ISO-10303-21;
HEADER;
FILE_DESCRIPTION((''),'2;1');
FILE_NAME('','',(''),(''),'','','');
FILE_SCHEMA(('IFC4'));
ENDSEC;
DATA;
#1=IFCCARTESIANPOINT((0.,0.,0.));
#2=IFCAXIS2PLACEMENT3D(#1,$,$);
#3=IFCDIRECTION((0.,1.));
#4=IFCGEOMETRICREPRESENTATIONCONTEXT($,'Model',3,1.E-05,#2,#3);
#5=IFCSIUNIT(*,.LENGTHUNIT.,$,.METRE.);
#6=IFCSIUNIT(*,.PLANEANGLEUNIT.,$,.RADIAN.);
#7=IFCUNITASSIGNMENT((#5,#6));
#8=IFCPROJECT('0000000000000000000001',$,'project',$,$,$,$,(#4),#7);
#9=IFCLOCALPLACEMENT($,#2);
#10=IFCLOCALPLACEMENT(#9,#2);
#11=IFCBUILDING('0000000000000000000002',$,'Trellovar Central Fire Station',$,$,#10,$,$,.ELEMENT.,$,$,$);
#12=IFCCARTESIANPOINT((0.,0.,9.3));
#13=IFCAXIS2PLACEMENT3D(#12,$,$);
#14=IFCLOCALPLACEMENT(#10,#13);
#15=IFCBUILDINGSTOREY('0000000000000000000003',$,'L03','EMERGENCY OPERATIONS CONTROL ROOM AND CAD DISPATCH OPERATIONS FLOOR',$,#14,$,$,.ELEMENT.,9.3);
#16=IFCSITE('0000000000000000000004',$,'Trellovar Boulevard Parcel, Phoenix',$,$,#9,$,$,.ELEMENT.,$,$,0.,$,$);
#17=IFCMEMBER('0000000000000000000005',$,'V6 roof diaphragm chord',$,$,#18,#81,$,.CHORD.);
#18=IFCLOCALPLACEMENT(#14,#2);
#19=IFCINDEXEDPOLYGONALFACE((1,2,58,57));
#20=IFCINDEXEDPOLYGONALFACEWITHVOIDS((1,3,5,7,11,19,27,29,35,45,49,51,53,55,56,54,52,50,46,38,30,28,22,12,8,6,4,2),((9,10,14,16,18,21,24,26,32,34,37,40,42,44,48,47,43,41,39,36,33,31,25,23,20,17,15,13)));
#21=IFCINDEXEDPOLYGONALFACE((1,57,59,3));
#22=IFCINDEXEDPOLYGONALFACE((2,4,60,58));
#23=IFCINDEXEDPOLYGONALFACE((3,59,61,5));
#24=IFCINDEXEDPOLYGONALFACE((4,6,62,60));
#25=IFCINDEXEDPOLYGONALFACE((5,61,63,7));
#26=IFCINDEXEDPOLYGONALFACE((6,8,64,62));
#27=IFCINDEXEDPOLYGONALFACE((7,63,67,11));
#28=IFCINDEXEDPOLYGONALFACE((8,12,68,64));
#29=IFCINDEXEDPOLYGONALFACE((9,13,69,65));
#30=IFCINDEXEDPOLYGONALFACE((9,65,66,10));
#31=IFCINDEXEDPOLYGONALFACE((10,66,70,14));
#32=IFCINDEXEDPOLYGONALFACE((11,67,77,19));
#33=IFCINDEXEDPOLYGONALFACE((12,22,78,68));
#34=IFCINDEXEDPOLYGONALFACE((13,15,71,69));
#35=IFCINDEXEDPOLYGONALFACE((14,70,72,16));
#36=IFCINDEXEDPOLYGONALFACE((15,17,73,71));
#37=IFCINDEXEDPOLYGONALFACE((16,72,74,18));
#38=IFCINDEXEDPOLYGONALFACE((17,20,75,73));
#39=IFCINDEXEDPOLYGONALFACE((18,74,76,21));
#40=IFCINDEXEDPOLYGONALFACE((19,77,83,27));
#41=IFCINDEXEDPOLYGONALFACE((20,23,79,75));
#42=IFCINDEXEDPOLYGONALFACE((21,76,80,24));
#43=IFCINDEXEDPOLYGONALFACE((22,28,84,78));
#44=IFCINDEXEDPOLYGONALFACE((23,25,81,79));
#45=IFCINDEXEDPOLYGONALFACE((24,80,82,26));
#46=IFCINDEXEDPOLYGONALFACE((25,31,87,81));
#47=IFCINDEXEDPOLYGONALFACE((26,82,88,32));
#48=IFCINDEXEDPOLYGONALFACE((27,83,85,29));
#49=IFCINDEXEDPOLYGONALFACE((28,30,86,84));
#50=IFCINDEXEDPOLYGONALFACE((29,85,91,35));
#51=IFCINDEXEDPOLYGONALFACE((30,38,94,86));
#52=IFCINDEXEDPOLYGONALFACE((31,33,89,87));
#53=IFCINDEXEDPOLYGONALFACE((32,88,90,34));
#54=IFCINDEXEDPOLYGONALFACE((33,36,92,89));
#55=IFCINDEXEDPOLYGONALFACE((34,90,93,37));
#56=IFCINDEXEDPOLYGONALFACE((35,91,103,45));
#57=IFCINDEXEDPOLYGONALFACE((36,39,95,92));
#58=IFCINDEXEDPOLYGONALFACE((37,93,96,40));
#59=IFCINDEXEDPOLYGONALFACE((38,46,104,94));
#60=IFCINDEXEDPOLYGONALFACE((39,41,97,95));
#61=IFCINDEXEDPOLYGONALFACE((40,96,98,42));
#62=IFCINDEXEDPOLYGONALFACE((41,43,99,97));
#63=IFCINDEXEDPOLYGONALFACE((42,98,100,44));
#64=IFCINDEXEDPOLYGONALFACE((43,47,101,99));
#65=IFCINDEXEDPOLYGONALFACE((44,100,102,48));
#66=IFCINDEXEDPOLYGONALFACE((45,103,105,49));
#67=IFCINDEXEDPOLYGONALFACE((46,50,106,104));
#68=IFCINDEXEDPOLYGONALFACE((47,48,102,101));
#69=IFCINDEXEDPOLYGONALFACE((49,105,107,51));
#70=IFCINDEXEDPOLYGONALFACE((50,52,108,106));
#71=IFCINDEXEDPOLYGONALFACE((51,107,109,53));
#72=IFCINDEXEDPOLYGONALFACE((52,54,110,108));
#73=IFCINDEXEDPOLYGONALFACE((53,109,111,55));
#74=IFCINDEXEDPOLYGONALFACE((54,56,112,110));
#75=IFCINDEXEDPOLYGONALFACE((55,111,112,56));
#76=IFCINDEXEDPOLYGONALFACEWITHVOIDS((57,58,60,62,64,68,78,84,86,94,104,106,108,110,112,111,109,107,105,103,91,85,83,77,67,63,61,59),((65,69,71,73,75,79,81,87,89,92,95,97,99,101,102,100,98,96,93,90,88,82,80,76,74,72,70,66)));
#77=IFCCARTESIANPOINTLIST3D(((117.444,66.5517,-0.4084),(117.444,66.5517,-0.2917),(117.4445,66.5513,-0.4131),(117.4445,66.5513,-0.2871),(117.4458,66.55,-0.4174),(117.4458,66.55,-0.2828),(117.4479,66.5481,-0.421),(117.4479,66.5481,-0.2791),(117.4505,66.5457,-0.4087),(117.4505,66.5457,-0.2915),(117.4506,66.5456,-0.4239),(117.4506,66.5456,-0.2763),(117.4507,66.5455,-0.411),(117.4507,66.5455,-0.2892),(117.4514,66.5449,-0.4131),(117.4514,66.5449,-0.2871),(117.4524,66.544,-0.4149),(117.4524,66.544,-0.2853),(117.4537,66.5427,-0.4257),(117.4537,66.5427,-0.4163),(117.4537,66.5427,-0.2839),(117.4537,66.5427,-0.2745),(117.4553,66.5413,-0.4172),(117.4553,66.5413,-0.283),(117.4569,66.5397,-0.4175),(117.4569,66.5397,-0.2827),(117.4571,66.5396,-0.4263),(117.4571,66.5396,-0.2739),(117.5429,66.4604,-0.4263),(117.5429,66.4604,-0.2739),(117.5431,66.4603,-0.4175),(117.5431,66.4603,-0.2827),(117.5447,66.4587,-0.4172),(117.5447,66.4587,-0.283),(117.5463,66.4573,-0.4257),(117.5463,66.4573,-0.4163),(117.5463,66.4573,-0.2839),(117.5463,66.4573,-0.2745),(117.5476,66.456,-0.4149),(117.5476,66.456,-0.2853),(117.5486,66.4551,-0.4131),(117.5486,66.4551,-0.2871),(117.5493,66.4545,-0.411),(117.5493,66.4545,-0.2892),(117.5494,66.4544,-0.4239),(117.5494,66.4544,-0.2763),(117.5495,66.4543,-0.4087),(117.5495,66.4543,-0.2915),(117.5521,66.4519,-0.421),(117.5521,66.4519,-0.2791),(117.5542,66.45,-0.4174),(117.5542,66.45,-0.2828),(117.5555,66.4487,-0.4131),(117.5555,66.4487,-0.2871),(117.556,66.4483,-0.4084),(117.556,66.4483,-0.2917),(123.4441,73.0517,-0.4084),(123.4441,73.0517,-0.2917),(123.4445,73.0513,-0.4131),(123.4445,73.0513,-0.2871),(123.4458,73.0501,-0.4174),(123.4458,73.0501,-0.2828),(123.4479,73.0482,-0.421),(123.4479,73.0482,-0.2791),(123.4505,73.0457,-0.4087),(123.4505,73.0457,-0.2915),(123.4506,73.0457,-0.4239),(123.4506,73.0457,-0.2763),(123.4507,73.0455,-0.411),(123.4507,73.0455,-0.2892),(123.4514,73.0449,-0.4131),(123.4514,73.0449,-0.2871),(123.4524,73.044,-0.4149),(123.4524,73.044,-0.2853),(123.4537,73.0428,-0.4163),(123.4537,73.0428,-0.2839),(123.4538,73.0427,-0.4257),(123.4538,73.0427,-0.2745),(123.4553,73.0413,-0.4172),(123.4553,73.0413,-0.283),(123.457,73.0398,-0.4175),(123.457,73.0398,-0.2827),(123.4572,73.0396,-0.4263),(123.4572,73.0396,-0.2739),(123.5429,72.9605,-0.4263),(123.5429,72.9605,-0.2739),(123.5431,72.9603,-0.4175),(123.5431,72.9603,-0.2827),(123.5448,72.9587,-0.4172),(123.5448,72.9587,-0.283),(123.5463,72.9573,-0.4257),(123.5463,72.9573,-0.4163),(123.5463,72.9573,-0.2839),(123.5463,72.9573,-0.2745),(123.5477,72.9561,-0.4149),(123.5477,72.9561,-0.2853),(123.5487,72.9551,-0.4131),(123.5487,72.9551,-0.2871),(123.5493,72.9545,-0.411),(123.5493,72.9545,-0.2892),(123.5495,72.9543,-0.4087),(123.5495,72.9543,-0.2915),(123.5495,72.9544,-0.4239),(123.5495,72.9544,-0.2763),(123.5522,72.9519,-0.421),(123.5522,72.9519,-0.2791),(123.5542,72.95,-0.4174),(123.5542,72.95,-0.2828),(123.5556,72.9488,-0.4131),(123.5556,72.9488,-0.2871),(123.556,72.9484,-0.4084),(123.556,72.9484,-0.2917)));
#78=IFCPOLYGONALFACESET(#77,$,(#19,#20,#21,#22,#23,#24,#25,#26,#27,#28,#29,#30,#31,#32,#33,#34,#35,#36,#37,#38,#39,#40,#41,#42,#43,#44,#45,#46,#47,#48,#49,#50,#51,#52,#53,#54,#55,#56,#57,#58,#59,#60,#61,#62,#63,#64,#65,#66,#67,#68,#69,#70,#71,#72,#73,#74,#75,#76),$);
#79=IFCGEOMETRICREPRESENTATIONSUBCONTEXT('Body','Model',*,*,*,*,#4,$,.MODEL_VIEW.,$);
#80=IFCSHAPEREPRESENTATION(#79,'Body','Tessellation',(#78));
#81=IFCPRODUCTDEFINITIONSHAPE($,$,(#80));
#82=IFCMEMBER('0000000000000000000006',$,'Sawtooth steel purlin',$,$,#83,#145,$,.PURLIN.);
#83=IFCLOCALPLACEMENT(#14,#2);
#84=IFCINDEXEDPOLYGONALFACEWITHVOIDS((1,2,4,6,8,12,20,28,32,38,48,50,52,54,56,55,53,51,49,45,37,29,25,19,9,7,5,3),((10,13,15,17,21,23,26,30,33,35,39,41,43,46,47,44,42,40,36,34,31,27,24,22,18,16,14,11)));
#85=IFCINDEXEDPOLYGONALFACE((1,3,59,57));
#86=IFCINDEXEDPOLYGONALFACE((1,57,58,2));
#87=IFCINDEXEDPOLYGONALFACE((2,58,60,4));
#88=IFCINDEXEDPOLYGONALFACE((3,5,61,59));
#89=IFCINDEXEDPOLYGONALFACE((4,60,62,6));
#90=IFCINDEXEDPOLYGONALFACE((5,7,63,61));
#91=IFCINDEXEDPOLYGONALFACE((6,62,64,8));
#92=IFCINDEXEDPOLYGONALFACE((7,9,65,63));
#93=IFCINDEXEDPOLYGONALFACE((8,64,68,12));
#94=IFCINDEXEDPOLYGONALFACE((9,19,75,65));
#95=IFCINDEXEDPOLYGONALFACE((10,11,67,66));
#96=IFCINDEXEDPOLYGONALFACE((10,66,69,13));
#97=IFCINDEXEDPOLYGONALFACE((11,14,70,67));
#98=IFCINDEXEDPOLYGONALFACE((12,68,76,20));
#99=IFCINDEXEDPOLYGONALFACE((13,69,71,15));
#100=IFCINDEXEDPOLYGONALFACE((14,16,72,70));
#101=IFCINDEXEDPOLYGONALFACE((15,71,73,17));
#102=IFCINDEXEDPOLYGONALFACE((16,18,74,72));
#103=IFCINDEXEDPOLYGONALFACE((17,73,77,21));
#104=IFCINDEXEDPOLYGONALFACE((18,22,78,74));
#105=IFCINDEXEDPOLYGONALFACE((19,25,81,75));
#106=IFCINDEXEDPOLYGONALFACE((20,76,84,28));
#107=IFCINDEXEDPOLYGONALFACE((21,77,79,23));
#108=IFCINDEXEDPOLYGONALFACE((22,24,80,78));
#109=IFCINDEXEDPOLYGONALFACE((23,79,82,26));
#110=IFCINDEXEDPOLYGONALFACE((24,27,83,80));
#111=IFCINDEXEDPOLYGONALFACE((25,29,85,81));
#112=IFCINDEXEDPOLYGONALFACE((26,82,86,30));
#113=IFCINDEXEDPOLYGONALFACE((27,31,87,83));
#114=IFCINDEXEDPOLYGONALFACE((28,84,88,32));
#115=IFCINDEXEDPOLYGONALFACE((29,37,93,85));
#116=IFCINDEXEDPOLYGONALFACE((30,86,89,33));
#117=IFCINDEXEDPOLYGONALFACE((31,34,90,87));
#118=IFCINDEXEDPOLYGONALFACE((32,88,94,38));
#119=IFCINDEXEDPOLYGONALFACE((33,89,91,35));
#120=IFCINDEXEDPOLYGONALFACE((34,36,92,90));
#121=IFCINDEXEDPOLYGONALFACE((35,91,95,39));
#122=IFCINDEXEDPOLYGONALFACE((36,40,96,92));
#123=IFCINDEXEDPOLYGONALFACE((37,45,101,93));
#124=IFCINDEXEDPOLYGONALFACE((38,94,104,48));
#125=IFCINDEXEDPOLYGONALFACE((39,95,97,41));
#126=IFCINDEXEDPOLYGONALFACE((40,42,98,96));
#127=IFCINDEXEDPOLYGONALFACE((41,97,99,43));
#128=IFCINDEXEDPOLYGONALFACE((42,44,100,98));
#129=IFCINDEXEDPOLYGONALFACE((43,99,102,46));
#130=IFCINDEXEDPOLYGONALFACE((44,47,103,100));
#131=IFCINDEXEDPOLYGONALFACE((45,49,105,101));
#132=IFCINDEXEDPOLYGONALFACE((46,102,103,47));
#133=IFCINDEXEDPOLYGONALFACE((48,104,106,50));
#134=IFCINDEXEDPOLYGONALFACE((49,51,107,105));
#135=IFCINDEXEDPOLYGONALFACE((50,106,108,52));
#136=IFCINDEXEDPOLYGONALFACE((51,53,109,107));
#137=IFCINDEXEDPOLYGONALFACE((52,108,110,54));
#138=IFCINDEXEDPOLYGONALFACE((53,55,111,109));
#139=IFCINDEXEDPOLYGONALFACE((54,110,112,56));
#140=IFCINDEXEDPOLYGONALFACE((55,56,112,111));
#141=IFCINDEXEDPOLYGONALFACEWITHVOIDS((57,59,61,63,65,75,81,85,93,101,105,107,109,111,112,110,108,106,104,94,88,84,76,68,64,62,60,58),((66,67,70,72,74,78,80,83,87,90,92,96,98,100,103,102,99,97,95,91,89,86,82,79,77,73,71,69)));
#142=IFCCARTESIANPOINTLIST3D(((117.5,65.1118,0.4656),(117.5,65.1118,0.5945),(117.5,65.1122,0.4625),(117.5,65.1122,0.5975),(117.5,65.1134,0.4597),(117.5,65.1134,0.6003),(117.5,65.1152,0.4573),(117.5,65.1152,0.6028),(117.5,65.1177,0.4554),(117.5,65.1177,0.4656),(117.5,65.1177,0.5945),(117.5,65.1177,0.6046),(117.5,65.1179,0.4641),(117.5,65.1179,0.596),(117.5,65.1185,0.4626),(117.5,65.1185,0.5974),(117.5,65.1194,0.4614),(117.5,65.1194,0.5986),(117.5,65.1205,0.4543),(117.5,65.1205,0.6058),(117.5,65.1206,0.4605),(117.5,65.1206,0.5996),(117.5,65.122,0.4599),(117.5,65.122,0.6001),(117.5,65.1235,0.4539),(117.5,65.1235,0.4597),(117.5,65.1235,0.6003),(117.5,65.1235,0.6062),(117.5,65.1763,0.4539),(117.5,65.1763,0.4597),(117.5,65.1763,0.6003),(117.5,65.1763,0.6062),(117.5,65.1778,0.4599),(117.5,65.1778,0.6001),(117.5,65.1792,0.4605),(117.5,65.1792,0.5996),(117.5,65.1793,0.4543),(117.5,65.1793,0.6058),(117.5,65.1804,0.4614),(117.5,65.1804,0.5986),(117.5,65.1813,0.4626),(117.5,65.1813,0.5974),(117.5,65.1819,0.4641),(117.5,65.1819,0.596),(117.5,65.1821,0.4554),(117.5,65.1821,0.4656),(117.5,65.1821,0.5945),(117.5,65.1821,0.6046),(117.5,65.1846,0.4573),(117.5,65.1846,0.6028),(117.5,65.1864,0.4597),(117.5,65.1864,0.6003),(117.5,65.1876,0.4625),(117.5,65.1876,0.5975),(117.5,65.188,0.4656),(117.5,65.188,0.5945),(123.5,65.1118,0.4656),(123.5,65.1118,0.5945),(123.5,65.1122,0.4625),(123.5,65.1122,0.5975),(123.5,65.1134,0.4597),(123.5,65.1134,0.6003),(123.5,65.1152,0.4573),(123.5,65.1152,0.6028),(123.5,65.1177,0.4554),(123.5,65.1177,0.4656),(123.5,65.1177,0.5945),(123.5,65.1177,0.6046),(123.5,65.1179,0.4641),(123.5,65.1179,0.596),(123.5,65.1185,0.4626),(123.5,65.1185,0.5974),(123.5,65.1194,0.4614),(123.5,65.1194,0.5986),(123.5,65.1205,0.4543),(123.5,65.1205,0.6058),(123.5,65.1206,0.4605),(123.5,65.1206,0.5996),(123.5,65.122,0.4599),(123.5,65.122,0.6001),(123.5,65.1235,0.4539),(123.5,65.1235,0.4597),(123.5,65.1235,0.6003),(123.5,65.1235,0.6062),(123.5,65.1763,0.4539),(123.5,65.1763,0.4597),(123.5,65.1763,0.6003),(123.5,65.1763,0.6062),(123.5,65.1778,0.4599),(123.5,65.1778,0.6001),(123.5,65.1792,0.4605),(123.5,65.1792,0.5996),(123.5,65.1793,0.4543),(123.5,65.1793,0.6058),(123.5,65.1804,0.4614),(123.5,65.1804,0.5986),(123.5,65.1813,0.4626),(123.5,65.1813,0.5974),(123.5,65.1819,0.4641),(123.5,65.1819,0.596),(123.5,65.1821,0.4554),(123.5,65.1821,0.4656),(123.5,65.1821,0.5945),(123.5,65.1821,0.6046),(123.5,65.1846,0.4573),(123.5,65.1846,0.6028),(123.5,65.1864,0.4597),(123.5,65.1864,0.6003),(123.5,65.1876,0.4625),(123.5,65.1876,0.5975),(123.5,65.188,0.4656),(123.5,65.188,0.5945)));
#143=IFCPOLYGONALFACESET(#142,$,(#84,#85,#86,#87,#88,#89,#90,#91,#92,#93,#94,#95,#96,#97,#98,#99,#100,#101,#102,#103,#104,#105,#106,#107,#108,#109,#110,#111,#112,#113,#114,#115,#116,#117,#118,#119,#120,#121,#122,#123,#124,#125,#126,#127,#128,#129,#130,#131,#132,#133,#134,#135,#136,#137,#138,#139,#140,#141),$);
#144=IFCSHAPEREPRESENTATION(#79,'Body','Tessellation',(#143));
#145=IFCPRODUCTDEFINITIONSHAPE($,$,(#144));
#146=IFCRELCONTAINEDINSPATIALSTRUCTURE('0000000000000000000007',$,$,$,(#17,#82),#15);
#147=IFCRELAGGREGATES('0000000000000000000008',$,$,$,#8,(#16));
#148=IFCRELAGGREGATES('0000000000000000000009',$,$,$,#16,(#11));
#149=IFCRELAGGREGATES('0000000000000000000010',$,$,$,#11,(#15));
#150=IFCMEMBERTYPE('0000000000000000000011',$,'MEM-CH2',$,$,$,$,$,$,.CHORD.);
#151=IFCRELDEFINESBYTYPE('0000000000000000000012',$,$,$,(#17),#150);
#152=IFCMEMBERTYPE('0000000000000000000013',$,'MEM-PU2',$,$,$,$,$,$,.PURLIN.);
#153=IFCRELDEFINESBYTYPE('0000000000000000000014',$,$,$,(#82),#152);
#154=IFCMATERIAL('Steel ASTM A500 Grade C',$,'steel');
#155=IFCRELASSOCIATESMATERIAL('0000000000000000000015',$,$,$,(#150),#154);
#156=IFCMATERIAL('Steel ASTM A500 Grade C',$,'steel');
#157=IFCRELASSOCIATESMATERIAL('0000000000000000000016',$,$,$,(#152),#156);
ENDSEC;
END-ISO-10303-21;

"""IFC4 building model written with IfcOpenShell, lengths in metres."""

from ifc_helpers import new_model, si_unit, direction, frame, origin, origin_2d, place, context, subcontext, project, spatial, hollow_rectangle, extrude, material, material_profile, profile_set, type_object, element, save


model = new_model("IFC4")

# Units and contexts
model_context = context("Model", 3, precision=1e-05, world=origin(), true_north=direction((0.0, 1.0)))
body_context = subcontext(model_context, "Body", "Model", "MODEL_VIEW")
ifc_project = project(units=[si_unit("LENGTHUNIT", "METRE"), si_unit("PLANEANGLEUNIT", "RADIAN")], contexts=[model_context])

# Site, building, storey
site_placement = place(None, origin())
site = spatial("IfcSite", under=ifc_project, at=site_placement, Name="Trellovar Boulevard Parcel, Phoenix", CompositionType="ELEMENT", RefElevation=0.0)
building_placement = place(site_placement, origin())
building = spatial("IfcBuilding", under=site, at=building_placement, Name="Trellovar Central Fire Station", CompositionType="ELEMENT")
storey_placement = place(building_placement, frame((0.0, 0.0, 9.3)))
storey = spatial("IfcBuildingStorey", under=building, at=storey_placement, Name="L03", Description="EMERGENCY OPERATIONS CONTROL ROOM AND CAD DISPATCH OPERATIONS FLOOR", CompositionType="ELEMENT", Elevation=9.3)

# Members
ifc_material_1 = material(Name="Steel ASTM A500 Grade C", Category="steel")
ifc_material_profile_1 = material_profile(ifc_material_1, hollow_rectangle(XDim=0.1523, YDim=0.1523, WallThickness=0.0088, InnerFilletRadius=0.0088, OuterFilletRadius=0.0178, at=origin_2d()), Name="HSS6X6X3/8")
ifc_profile_set_1 = profile_set([ifc_material_profile_1], Name="Steel ASTM A500 Grade C")
member_type_1 = type_object("IfcMemberType", Name="MEM-CH2", PredefinedType="CHORD", material=ifc_profile_set_1)
member_1_placement = place(storey_placement, frame((117.5, 66.5, -0.3501), z_axis=(0.67828, 0.734803, 0.0), x_axis=(-0.734803, 0.67828, 0.0)))
element("IfcMember", 1, at=member_1_placement, inside=storey, type_object=member_type_1, Name="V6 roof diaphragm chord", PredefinedType="CHORD", context=body_context, shape_type="SweptSolid", body=[
    extrude(hollow_rectangle(XDim=0.1523, YDim=0.1523, WallThickness=0.0088, InnerFilletRadius=0.0088, OuterFilletRadius=0.0178, at=origin_2d()), origin(), (0.0, 0.0, 1.0), 8.8459),
])
ifc_material_2 = material(Name="Steel ASTM A500 Grade C", Category="steel")
ifc_material_profile_2 = material_profile(ifc_material_2, hollow_rectangle(XDim=0.0762, YDim=0.1523, WallThickness=0.0059, InnerFilletRadius=0.0059, OuterFilletRadius=0.0117, at=origin_2d()), Name="HSS6X3X1/4")
ifc_profile_set_2 = profile_set([ifc_material_profile_2], Name="Steel ASTM A500 Grade C")
member_type_2 = type_object("IfcMemberType", Name="MEM-PU2", PredefinedType="PURLIN", material=ifc_profile_set_2)
member_2_placement = place(storey_placement, frame((117.5, 65.1499, 0.53), z_axis=(1.0, 0.0, 0.0), x_axis=(0.0, 1.0, 0.0)))
element("IfcMember", 2, at=member_2_placement, inside=storey, type_object=member_type_2, Name="Sawtooth steel purlin", PredefinedType="PURLIN", context=body_context, shape_type="SweptSolid", body=[
    extrude(hollow_rectangle(XDim=0.0762, YDim=0.1523, WallThickness=0.0059, InnerFilletRadius=0.0059, OuterFilletRadius=0.0117, at=origin_2d()), origin(), (0.0, 0.0, 1.0), 6.0),
])

save(model, "model.ifc")
